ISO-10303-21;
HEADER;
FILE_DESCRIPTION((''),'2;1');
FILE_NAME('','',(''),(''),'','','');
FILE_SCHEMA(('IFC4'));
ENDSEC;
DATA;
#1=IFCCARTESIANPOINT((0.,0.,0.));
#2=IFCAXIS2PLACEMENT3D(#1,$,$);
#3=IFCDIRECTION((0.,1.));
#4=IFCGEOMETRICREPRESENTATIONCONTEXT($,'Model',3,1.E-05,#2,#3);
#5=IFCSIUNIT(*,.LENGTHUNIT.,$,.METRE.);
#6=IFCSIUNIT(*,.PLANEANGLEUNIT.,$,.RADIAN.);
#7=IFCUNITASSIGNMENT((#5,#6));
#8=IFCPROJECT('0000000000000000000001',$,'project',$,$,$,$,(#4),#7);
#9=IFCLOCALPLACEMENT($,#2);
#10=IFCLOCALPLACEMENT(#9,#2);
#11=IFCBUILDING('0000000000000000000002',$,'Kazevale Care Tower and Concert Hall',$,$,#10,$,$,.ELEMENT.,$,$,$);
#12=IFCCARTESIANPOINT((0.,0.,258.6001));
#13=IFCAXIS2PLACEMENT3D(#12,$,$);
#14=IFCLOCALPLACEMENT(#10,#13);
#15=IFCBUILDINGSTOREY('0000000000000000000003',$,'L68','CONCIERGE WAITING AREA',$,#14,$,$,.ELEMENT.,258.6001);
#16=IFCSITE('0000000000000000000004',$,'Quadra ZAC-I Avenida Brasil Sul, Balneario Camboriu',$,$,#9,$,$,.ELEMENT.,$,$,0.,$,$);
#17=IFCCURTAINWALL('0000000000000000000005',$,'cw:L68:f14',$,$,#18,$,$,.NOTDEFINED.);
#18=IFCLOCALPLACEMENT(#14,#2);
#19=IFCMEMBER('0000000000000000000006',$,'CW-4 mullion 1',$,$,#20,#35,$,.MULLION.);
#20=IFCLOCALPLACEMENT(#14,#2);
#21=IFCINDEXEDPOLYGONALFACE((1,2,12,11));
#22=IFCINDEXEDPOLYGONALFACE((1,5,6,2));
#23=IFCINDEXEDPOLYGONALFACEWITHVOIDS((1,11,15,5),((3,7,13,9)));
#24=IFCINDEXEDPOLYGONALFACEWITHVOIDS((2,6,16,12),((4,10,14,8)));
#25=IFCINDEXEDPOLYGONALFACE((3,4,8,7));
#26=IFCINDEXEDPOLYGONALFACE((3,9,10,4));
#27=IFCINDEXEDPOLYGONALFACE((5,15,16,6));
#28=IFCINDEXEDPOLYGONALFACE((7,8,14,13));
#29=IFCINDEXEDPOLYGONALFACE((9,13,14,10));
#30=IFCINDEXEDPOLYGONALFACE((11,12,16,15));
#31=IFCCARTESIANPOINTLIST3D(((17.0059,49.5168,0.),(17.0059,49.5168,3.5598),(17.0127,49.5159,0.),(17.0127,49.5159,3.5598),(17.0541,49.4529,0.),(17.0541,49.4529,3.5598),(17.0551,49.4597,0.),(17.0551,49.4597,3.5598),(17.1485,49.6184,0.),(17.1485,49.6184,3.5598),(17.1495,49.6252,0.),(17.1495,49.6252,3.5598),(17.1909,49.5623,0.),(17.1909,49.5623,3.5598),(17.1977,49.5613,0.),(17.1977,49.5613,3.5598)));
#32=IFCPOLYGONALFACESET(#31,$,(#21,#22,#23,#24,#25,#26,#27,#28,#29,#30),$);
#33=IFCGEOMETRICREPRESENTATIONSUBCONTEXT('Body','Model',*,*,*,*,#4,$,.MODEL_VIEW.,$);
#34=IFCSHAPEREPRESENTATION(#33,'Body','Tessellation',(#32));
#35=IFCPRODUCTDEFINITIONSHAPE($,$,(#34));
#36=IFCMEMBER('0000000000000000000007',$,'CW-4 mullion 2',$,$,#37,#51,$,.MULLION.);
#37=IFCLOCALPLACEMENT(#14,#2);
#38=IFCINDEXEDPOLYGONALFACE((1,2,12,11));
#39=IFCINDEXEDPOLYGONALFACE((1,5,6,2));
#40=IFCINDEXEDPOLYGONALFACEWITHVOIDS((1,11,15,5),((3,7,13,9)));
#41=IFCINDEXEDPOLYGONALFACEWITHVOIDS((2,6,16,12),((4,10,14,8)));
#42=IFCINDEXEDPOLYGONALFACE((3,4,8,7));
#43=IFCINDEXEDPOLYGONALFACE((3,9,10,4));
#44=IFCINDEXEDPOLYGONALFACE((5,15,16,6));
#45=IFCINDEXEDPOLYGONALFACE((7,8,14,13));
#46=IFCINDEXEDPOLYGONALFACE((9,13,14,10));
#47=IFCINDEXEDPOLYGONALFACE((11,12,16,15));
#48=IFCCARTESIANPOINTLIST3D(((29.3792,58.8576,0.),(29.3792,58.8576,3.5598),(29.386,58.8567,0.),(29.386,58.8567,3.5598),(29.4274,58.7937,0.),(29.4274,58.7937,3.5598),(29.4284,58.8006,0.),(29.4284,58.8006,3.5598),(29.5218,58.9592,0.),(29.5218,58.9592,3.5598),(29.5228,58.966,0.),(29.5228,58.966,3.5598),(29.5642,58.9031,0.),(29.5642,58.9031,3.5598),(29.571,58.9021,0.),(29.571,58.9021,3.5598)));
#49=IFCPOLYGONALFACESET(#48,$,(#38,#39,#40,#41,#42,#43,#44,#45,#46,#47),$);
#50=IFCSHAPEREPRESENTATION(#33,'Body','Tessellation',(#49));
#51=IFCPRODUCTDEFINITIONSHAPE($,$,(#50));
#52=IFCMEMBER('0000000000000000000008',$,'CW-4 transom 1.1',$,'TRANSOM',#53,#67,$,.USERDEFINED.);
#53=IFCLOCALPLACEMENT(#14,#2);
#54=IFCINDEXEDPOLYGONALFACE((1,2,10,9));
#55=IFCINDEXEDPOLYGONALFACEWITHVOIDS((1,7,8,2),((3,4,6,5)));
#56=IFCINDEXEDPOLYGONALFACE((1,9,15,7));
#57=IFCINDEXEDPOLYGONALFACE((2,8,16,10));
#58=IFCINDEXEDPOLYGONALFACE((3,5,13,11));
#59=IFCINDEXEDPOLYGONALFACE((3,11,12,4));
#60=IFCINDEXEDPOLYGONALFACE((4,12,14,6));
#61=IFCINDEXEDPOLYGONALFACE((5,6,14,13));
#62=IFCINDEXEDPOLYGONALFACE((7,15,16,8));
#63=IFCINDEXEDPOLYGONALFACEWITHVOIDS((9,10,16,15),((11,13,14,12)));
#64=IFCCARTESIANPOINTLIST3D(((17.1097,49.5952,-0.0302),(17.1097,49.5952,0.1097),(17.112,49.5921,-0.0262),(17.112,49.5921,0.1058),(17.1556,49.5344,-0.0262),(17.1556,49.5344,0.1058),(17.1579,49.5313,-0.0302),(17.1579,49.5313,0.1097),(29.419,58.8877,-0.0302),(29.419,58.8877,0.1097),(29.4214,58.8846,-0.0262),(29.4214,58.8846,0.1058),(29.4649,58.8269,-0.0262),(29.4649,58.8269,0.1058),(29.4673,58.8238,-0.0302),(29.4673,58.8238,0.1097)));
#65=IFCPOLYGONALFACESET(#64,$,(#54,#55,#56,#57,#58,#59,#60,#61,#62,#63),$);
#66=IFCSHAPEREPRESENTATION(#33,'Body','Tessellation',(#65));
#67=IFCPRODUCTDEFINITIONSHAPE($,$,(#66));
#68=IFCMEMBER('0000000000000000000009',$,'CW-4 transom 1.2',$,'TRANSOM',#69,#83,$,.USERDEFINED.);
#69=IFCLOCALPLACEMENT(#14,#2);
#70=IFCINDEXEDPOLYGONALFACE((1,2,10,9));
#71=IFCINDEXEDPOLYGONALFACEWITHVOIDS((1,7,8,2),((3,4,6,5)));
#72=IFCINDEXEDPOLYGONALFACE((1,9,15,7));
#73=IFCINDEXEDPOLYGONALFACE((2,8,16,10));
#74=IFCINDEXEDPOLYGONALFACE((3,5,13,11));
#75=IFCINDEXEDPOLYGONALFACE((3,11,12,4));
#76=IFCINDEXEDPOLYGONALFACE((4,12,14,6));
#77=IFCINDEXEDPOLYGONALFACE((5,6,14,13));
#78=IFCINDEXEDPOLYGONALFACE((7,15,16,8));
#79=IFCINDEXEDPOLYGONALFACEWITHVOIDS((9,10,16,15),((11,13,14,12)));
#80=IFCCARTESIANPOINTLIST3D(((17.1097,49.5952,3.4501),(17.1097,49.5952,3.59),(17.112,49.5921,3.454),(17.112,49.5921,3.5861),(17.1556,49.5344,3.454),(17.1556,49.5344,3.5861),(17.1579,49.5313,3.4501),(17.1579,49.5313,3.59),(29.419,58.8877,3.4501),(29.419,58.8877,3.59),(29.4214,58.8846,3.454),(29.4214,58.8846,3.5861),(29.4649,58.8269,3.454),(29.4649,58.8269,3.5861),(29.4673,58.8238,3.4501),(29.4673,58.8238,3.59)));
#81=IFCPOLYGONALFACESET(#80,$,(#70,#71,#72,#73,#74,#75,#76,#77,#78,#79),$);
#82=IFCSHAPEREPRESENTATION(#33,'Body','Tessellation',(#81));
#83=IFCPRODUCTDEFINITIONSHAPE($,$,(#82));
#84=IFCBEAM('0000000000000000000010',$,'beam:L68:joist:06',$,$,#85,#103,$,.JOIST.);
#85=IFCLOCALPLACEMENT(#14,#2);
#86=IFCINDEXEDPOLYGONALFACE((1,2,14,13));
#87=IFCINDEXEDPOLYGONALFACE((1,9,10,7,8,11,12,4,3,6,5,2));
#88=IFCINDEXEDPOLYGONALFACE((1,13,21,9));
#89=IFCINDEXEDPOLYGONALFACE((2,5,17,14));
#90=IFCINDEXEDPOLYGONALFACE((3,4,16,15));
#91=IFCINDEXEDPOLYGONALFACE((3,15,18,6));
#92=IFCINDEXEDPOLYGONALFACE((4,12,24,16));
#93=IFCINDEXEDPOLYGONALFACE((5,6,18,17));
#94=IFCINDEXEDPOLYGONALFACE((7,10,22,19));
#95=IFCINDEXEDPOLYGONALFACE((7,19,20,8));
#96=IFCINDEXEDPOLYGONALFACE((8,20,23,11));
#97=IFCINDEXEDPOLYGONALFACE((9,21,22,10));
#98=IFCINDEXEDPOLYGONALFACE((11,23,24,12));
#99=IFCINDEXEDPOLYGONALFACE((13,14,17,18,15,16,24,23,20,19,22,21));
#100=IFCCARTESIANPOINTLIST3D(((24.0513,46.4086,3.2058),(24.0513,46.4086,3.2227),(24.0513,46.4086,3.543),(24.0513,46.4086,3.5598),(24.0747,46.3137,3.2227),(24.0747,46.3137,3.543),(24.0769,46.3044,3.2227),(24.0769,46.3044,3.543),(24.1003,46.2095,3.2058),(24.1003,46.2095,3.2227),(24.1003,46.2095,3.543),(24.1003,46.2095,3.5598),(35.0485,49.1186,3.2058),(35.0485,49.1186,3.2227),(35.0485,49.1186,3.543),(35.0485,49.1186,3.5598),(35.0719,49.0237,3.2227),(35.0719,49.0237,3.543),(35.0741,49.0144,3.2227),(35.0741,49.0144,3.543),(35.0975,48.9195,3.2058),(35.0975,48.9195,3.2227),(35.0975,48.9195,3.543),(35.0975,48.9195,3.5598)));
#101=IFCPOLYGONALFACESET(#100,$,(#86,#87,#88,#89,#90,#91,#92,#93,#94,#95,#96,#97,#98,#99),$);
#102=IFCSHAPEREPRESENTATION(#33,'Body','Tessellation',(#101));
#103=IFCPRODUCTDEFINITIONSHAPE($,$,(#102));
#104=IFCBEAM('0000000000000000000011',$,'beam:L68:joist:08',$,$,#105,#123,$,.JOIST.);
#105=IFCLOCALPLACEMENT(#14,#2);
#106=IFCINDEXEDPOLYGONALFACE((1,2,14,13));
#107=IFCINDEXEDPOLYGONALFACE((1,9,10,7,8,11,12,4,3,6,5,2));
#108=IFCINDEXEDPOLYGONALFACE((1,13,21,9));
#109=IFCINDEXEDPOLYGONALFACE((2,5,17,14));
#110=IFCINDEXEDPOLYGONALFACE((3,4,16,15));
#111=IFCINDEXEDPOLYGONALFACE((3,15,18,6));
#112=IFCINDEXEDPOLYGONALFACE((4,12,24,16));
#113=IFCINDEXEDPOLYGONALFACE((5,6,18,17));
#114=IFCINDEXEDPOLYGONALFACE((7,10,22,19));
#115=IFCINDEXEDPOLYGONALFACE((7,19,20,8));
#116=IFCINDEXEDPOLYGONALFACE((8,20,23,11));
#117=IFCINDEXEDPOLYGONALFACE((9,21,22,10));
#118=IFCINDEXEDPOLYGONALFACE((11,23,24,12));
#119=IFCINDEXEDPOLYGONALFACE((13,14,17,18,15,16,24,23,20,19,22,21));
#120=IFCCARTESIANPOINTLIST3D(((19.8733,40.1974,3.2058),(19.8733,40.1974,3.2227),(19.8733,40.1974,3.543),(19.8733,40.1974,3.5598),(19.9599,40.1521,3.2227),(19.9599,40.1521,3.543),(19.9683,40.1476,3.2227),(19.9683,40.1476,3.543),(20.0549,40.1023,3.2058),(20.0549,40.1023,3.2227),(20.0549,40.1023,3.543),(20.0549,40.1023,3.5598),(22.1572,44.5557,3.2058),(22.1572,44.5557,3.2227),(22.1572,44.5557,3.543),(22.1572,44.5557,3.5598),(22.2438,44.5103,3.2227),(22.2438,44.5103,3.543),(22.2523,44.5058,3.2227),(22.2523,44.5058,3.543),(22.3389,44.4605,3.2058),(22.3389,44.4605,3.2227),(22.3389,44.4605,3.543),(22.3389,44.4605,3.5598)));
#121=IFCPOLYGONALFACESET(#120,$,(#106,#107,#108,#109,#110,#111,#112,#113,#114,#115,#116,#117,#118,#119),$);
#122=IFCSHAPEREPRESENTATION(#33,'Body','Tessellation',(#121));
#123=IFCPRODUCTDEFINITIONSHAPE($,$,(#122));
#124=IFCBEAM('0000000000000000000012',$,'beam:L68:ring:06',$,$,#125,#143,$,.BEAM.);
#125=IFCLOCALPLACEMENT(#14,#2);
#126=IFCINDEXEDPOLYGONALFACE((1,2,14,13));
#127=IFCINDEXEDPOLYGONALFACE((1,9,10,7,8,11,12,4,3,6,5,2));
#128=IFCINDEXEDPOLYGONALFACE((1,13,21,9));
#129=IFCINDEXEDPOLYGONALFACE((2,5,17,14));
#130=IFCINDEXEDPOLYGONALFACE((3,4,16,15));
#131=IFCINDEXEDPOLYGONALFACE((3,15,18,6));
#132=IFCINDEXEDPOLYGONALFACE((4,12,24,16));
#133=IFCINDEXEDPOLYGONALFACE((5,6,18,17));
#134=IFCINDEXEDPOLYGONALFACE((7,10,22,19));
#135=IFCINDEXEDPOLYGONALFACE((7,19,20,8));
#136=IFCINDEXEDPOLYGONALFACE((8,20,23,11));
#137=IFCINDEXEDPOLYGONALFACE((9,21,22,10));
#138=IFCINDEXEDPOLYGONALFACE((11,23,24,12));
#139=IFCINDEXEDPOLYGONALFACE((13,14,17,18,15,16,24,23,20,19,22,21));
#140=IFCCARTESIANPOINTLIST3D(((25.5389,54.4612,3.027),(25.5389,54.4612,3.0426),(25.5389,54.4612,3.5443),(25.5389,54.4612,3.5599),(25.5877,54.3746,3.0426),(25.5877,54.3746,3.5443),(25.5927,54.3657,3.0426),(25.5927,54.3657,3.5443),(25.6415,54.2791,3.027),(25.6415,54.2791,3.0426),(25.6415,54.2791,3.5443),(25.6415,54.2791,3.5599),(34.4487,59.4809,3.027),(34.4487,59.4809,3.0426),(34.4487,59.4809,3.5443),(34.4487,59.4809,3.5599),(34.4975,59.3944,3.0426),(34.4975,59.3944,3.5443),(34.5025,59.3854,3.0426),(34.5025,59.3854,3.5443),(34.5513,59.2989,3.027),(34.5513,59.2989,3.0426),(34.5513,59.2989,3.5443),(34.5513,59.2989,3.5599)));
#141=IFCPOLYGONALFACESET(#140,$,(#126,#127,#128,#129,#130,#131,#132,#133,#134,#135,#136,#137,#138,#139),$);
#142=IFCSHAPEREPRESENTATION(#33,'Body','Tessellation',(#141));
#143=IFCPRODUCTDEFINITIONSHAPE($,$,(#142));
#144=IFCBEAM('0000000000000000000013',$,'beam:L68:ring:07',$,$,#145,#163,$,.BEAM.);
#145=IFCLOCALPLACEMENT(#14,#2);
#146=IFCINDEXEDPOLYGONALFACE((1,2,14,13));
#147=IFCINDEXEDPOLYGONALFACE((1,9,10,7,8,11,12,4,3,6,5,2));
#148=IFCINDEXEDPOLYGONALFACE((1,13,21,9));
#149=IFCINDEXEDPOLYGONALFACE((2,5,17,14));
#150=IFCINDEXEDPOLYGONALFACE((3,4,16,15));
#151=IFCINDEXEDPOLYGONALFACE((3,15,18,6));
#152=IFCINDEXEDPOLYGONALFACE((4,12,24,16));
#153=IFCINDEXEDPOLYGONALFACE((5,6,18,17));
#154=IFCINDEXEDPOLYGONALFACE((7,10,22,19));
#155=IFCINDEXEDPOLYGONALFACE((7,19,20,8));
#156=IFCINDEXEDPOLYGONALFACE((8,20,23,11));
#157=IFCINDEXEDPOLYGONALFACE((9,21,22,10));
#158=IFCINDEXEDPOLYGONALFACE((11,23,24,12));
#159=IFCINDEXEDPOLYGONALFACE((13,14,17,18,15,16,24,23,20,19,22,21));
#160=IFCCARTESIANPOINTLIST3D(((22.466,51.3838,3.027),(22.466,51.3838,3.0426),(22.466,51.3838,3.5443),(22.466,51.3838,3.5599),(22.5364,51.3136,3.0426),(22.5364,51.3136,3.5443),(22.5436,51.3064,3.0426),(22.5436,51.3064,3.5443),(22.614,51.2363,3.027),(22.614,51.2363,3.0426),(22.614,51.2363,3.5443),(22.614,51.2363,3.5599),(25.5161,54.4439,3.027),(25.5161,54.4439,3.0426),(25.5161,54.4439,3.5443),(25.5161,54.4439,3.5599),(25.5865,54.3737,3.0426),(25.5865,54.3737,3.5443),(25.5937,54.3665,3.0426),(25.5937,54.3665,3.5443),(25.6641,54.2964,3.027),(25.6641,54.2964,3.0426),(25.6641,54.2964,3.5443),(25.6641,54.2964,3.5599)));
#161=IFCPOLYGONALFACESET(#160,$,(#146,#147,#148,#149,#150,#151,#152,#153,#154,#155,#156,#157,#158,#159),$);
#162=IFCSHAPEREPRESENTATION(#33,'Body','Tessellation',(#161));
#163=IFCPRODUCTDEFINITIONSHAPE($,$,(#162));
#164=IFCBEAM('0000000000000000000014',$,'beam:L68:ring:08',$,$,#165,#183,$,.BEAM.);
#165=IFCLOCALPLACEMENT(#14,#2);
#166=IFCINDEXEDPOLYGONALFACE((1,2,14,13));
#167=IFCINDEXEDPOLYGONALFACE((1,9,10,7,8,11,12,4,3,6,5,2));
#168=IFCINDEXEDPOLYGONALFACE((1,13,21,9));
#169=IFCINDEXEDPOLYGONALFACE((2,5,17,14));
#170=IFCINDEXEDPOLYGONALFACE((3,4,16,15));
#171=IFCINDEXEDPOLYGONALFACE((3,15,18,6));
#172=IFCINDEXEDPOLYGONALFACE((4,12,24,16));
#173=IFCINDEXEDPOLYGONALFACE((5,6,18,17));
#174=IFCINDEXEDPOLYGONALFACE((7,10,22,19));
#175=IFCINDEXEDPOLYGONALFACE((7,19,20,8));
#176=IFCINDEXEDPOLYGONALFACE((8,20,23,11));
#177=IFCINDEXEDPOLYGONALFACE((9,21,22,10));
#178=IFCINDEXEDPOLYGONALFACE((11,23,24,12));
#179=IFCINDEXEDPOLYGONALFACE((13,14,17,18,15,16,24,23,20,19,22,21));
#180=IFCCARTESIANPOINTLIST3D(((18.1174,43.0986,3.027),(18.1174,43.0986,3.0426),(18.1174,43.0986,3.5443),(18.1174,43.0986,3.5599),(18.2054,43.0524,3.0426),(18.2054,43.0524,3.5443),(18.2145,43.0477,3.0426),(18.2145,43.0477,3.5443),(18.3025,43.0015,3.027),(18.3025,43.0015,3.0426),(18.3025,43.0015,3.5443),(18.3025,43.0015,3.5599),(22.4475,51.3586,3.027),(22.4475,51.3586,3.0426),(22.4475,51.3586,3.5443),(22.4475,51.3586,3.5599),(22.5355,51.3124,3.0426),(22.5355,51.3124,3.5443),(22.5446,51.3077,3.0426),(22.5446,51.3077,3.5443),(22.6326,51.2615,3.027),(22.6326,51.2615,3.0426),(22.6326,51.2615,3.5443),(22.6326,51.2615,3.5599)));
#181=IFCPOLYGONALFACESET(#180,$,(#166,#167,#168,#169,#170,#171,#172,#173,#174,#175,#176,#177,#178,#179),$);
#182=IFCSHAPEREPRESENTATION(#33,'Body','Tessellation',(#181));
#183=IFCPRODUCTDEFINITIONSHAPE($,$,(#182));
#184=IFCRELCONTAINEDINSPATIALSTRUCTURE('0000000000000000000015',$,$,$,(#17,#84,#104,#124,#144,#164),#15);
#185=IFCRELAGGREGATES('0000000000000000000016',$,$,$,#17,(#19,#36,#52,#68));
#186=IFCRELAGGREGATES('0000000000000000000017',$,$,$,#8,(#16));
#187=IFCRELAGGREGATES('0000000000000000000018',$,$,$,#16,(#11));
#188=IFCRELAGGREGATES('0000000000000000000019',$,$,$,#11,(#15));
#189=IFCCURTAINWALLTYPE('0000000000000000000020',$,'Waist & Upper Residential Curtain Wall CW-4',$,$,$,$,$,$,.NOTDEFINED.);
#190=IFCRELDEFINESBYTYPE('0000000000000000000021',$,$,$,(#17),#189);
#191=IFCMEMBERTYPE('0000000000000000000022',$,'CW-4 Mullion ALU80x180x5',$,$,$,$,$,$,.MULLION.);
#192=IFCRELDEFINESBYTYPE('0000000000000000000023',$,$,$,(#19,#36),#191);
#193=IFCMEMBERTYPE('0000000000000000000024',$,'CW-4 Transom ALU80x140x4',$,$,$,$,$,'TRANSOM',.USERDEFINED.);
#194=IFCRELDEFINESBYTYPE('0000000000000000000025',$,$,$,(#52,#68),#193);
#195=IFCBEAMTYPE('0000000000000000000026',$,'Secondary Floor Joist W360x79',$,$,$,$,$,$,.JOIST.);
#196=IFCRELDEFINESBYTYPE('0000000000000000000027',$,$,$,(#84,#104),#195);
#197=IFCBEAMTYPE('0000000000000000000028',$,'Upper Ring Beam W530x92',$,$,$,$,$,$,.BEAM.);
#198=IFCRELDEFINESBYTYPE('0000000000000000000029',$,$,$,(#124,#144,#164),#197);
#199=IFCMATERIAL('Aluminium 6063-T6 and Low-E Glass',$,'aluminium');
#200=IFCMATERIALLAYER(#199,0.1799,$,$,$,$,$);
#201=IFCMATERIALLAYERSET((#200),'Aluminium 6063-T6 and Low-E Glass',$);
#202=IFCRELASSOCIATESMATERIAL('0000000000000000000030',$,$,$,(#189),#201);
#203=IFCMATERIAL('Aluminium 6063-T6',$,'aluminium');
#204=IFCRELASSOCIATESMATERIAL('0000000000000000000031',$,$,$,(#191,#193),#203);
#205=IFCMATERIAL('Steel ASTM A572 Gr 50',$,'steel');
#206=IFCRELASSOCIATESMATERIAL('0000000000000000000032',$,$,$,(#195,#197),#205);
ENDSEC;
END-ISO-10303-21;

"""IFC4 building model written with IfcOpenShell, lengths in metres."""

from ifc_helpers import new_model, si_unit, direction, frame, origin, origin_2d, place, context, subcontext, project, spatial, hollow_rectangle, i_section, extrude, material, layer, layer_set, material_profile, profile_set, type_object, element, aggregate, save


model = new_model("IFC4")

# Units and contexts
model_context = context("Model", 3, precision=1e-05, world=origin(), true_north=direction((0.0, 1.0)))
body_context = subcontext(model_context, "Body", "Model", "MODEL_VIEW")
ifc_project = project(units=[si_unit("LENGTHUNIT", "METRE"), si_unit("PLANEANGLEUNIT", "RADIAN")], contexts=[model_context])

# Site, building, storey
site_placement = place(None, origin())
site = spatial("IfcSite", under=ifc_project, at=site_placement, Name="Quadra ZAC-I Avenida Brasil Sul, Balneario Camboriu", CompositionType="ELEMENT", RefElevation=0.0)
building_placement = place(site_placement, origin())
building = spatial("IfcBuilding", under=site, at=building_placement, Name="Kazevale Care Tower and Concert Hall", CompositionType="ELEMENT")
storey_placement = place(building_placement, frame((0.0, 0.0, 258.6001)))
storey = spatial("IfcBuildingStorey", under=building, at=storey_placement, Name="L68", Description="CONCIERGE WAITING AREA", CompositionType="ELEMENT", Elevation=258.6001)

# Shared definitions
ifc_material_1 = material(Name="Aluminium 6063-T6 and Low-E Glass", Category="aluminium")
ifc_layer_1 = layer(ifc_material_1, 0.1799)
ifc_layer_set_1 = layer_set([ifc_layer_1], Name="Aluminium 6063-T6 and Low-E Glass")
curtain_wall_type = type_object("IfcCurtainWallType", Name="Waist & Upper Residential Curtain Wall CW-4", PredefinedType="NOTDEFINED", material=ifc_layer_set_1)
ifc_material_2 = material(Name="Aluminium 6063-T6", Category="aluminium")
ifc_material_profile_1 = material_profile(ifc_material_2, hollow_rectangle(XDim=0.0801, YDim=0.1799, WallThickness=0.0049, at=origin_2d()), Name="ALU80x180x5")
ifc_profile_set_1 = profile_set([ifc_material_profile_1], Name="Aluminium 6063-T6")
member_type_1 = type_object("IfcMemberType", Name="CW-4 Mullion ALU80x180x5", PredefinedType="MULLION", material=ifc_profile_set_1)

# Curtain wall, members
curtain_wall_1_placement = place(storey_placement, origin())
curtain_wall_1 = element("IfcCurtainWall", 1, at=curtain_wall_1_placement, inside=storey, type_object=curtain_wall_type, Name="cw:L68:f14", PredefinedType="NOTDEFINED")
member_1_placement = place(storey_placement, frame((17.1018, 49.5391, 0.0), z_axis=(0.0, 0.0, 1.0), x_axis=(-0.602513, 0.798109, 0.0)))
member_1 = element("IfcMember", 2, at=member_1_placement, type_object=member_type_1, Name="CW-4 mullion 1", PredefinedType="MULLION", context=body_context, shape_type="SweptSolid", body=[
    extrude(hollow_rectangle(XDim=0.0801, YDim=0.1799, WallThickness=0.0049, at=origin_2d()), origin(), (0.0, 0.0, 1.0), 3.5598),
])
member_2_placement = place(storey_placement, frame((29.4751, 58.8799, 0.0), z_axis=(0.0, 0.0, 1.0), x_axis=(-0.602513, 0.798109, 0.0)))
member_2 = element("IfcMember", 3, at=member_2_placement, type_object=member_type_1, Name="CW-4 mullion 2", PredefinedType="MULLION", context=body_context, shape_type="SweptSolid", body=[
    extrude(hollow_rectangle(XDim=0.0801, YDim=0.1799, WallThickness=0.0049, at=origin_2d()), origin(), (0.0, 0.0, 1.0), 3.5598),
])
ifc_material_profile_2 = material_profile(ifc_material_2, hollow_rectangle(XDim=0.0801, YDim=0.1399, WallThickness=0.0039, at=origin_2d()), Name="ALU80x140x4")
ifc_profile_set_2 = profile_set([ifc_material_profile_2], Name="Aluminium 6063-T6")
member_type_2 = type_object("IfcMemberType", Name="CW-4 Transom ALU80x140x4", ElementType="TRANSOM", PredefinedType="USERDEFINED", material=ifc_profile_set_2)
member_3_placement = place(storey_placement, frame((17.1338, 49.5632, 0.0398), z_axis=(0.798114, 0.602507, 0.0), x_axis=(-0.602507, 0.798114, 0.0)))
member_3 = element("IfcMember", 4, at=member_3_placement, type_object=member_type_2, Name="CW-4 transom 1.1", ObjectType="TRANSOM", PredefinedType="USERDEFINED", context=body_context, shape_type="SweptSolid", body=[
    extrude(hollow_rectangle(XDim=0.0801, YDim=0.1399, WallThickness=0.0039, at=origin_2d()), origin(), (0.0, 0.0, 1.0), 15.4231),
])
member_4_placement = place(storey_placement, frame((17.1338, 49.5632, 3.52), z_axis=(0.798114, 0.602507, 0.0), x_axis=(-0.602507, 0.798114, 0.0)))
member_4 = element("IfcMember", 5, at=member_4_placement, type_object=member_type_2, Name="CW-4 transom 1.2", ObjectType="TRANSOM", PredefinedType="USERDEFINED", context=body_context, shape_type="SweptSolid", body=[
    extrude(hollow_rectangle(XDim=0.0801, YDim=0.1399, WallThickness=0.0039, at=origin_2d()), origin(), (0.0, 0.0, 1.0), 15.4231),
])

# Beams
ifc_material_3 = material(Name="Steel ASTM A572 Gr 50", Category="steel")
ifc_material_profile_3 = material_profile(ifc_material_3, i_section(OverallWidth=0.2051, OverallDepth=0.354, WebThickness=0.0095, FlangeThickness=0.0168, at=origin_2d()), Name="W360x79")
ifc_profile_set_3 = profile_set([ifc_material_profile_3], Name="Steel ASTM A572 Gr 50")
beam_type_1 = type_object("IfcBeamType", Name="Secondary Floor Joist W360x79", PredefinedType="JOIST", material=ifc_profile_set_3)
beam_1_placement = place(storey_placement, frame((35.073, 49.019, 3.3828), z_axis=(-0.970954, -0.239268, 0.0), x_axis=(0.239268, -0.970954, 0.0)))
element("IfcBeam", 6, at=beam_1_placement, inside=storey, type_object=beam_type_1, Name="beam:L68:joist:06", PredefinedType="JOIST", context=body_context, shape_type="SweptSolid", body=[
    extrude(i_section(OverallWidth=0.2051, OverallDepth=0.354, WebThickness=0.0095, FlangeThickness=0.0168, at=origin_2d()), origin(), (0.0, 0.0, 1.0), 11.3262),
])
beam_2_placement = place(storey_placement, frame((22.248, 44.5081, 3.3828), z_axis=(-0.464181, -0.88574, 0.0), x_axis=(0.88574, -0.464181, 0.0)))
element("IfcBeam", 7, at=beam_2_placement, inside=storey, type_object=beam_type_1, Name="beam:L68:joist:08", PredefinedType="JOIST", context=body_context, shape_type="SweptSolid", body=[
    extrude(i_section(OverallWidth=0.2051, OverallDepth=0.354, WebThickness=0.0095, FlangeThickness=0.0168, at=origin_2d()), origin(), (0.0, 0.0, 1.0), 4.9204),
])
ifc_material_profile_4 = material_profile(ifc_material_3, i_section(OverallWidth=0.209, OverallDepth=0.533, WebThickness=0.0103, FlangeThickness=0.0156, at=origin_2d()), Name="W530x92")
ifc_profile_set_4 = profile_set([ifc_material_profile_4], Name="Steel ASTM A572 Gr 50")
beam_type_2 = type_object("IfcBeamType", Name="Upper Ring Beam W530x92", PredefinedType="BEAM", material=ifc_profile_set_4)
beam_3_placement = place(storey_placement, frame((34.5, 59.3899, 3.2935), z_axis=(-0.871243, -0.490852, 0.0), x_axis=(0.490852, -0.871243, 0.0)))
element("IfcBeam", 8, at=beam_3_placement, inside=storey, type_object=beam_type_2, Name="beam:L68:ring:06", PredefinedType="BEAM", context=body_context, shape_type="SweptSolid", body=[
    extrude(i_section(OverallWidth=0.209, OverallDepth=0.533, WebThickness=0.0103, FlangeThickness=0.0156, at=origin_2d()), origin(), (0.0, 0.0, 1.0), 10.2266),
])
beam_4_placement = place(storey_placement, frame((25.5901, 54.3701, 3.2935), z_axis=(-0.705947, -0.708264, 0.0), x_axis=(0.708264, -0.705947, 0.0)))
element("IfcBeam", 9, at=beam_4_placement, inside=storey, type_object=beam_type_2, Name="beam:L68:ring:07", PredefinedType="BEAM", context=body_context, shape_type="SweptSolid", body=[
    extrude(i_section(OverallWidth=0.209, OverallDepth=0.533, WebThickness=0.0103, FlangeThickness=0.0156, at=origin_2d()), origin(), (0.0, 0.0, 1.0), 4.3206),
])
beam_5_placement = place(storey_placement, frame((22.54, 51.3101, 3.2935), z_axis=(-0.464294, -0.885681, 0.0), x_axis=(0.885681, -0.464294, 0.0)))
element("IfcBeam", 10, at=beam_5_placement, inside=storey, type_object=beam_type_2, Name="beam:L68:ring:08", PredefinedType="BEAM", context=body_context, shape_type="SweptSolid", body=[
    extrude(i_section(OverallWidth=0.209, OverallDepth=0.533, WebThickness=0.0103, FlangeThickness=0.0156, at=origin_2d()), origin(), (0.0, 0.0, 1.0), 9.3262),
])

aggregate(curtain_wall_1, [member_1, member_2, member_3, member_4])

save(model, "model.ifc")
